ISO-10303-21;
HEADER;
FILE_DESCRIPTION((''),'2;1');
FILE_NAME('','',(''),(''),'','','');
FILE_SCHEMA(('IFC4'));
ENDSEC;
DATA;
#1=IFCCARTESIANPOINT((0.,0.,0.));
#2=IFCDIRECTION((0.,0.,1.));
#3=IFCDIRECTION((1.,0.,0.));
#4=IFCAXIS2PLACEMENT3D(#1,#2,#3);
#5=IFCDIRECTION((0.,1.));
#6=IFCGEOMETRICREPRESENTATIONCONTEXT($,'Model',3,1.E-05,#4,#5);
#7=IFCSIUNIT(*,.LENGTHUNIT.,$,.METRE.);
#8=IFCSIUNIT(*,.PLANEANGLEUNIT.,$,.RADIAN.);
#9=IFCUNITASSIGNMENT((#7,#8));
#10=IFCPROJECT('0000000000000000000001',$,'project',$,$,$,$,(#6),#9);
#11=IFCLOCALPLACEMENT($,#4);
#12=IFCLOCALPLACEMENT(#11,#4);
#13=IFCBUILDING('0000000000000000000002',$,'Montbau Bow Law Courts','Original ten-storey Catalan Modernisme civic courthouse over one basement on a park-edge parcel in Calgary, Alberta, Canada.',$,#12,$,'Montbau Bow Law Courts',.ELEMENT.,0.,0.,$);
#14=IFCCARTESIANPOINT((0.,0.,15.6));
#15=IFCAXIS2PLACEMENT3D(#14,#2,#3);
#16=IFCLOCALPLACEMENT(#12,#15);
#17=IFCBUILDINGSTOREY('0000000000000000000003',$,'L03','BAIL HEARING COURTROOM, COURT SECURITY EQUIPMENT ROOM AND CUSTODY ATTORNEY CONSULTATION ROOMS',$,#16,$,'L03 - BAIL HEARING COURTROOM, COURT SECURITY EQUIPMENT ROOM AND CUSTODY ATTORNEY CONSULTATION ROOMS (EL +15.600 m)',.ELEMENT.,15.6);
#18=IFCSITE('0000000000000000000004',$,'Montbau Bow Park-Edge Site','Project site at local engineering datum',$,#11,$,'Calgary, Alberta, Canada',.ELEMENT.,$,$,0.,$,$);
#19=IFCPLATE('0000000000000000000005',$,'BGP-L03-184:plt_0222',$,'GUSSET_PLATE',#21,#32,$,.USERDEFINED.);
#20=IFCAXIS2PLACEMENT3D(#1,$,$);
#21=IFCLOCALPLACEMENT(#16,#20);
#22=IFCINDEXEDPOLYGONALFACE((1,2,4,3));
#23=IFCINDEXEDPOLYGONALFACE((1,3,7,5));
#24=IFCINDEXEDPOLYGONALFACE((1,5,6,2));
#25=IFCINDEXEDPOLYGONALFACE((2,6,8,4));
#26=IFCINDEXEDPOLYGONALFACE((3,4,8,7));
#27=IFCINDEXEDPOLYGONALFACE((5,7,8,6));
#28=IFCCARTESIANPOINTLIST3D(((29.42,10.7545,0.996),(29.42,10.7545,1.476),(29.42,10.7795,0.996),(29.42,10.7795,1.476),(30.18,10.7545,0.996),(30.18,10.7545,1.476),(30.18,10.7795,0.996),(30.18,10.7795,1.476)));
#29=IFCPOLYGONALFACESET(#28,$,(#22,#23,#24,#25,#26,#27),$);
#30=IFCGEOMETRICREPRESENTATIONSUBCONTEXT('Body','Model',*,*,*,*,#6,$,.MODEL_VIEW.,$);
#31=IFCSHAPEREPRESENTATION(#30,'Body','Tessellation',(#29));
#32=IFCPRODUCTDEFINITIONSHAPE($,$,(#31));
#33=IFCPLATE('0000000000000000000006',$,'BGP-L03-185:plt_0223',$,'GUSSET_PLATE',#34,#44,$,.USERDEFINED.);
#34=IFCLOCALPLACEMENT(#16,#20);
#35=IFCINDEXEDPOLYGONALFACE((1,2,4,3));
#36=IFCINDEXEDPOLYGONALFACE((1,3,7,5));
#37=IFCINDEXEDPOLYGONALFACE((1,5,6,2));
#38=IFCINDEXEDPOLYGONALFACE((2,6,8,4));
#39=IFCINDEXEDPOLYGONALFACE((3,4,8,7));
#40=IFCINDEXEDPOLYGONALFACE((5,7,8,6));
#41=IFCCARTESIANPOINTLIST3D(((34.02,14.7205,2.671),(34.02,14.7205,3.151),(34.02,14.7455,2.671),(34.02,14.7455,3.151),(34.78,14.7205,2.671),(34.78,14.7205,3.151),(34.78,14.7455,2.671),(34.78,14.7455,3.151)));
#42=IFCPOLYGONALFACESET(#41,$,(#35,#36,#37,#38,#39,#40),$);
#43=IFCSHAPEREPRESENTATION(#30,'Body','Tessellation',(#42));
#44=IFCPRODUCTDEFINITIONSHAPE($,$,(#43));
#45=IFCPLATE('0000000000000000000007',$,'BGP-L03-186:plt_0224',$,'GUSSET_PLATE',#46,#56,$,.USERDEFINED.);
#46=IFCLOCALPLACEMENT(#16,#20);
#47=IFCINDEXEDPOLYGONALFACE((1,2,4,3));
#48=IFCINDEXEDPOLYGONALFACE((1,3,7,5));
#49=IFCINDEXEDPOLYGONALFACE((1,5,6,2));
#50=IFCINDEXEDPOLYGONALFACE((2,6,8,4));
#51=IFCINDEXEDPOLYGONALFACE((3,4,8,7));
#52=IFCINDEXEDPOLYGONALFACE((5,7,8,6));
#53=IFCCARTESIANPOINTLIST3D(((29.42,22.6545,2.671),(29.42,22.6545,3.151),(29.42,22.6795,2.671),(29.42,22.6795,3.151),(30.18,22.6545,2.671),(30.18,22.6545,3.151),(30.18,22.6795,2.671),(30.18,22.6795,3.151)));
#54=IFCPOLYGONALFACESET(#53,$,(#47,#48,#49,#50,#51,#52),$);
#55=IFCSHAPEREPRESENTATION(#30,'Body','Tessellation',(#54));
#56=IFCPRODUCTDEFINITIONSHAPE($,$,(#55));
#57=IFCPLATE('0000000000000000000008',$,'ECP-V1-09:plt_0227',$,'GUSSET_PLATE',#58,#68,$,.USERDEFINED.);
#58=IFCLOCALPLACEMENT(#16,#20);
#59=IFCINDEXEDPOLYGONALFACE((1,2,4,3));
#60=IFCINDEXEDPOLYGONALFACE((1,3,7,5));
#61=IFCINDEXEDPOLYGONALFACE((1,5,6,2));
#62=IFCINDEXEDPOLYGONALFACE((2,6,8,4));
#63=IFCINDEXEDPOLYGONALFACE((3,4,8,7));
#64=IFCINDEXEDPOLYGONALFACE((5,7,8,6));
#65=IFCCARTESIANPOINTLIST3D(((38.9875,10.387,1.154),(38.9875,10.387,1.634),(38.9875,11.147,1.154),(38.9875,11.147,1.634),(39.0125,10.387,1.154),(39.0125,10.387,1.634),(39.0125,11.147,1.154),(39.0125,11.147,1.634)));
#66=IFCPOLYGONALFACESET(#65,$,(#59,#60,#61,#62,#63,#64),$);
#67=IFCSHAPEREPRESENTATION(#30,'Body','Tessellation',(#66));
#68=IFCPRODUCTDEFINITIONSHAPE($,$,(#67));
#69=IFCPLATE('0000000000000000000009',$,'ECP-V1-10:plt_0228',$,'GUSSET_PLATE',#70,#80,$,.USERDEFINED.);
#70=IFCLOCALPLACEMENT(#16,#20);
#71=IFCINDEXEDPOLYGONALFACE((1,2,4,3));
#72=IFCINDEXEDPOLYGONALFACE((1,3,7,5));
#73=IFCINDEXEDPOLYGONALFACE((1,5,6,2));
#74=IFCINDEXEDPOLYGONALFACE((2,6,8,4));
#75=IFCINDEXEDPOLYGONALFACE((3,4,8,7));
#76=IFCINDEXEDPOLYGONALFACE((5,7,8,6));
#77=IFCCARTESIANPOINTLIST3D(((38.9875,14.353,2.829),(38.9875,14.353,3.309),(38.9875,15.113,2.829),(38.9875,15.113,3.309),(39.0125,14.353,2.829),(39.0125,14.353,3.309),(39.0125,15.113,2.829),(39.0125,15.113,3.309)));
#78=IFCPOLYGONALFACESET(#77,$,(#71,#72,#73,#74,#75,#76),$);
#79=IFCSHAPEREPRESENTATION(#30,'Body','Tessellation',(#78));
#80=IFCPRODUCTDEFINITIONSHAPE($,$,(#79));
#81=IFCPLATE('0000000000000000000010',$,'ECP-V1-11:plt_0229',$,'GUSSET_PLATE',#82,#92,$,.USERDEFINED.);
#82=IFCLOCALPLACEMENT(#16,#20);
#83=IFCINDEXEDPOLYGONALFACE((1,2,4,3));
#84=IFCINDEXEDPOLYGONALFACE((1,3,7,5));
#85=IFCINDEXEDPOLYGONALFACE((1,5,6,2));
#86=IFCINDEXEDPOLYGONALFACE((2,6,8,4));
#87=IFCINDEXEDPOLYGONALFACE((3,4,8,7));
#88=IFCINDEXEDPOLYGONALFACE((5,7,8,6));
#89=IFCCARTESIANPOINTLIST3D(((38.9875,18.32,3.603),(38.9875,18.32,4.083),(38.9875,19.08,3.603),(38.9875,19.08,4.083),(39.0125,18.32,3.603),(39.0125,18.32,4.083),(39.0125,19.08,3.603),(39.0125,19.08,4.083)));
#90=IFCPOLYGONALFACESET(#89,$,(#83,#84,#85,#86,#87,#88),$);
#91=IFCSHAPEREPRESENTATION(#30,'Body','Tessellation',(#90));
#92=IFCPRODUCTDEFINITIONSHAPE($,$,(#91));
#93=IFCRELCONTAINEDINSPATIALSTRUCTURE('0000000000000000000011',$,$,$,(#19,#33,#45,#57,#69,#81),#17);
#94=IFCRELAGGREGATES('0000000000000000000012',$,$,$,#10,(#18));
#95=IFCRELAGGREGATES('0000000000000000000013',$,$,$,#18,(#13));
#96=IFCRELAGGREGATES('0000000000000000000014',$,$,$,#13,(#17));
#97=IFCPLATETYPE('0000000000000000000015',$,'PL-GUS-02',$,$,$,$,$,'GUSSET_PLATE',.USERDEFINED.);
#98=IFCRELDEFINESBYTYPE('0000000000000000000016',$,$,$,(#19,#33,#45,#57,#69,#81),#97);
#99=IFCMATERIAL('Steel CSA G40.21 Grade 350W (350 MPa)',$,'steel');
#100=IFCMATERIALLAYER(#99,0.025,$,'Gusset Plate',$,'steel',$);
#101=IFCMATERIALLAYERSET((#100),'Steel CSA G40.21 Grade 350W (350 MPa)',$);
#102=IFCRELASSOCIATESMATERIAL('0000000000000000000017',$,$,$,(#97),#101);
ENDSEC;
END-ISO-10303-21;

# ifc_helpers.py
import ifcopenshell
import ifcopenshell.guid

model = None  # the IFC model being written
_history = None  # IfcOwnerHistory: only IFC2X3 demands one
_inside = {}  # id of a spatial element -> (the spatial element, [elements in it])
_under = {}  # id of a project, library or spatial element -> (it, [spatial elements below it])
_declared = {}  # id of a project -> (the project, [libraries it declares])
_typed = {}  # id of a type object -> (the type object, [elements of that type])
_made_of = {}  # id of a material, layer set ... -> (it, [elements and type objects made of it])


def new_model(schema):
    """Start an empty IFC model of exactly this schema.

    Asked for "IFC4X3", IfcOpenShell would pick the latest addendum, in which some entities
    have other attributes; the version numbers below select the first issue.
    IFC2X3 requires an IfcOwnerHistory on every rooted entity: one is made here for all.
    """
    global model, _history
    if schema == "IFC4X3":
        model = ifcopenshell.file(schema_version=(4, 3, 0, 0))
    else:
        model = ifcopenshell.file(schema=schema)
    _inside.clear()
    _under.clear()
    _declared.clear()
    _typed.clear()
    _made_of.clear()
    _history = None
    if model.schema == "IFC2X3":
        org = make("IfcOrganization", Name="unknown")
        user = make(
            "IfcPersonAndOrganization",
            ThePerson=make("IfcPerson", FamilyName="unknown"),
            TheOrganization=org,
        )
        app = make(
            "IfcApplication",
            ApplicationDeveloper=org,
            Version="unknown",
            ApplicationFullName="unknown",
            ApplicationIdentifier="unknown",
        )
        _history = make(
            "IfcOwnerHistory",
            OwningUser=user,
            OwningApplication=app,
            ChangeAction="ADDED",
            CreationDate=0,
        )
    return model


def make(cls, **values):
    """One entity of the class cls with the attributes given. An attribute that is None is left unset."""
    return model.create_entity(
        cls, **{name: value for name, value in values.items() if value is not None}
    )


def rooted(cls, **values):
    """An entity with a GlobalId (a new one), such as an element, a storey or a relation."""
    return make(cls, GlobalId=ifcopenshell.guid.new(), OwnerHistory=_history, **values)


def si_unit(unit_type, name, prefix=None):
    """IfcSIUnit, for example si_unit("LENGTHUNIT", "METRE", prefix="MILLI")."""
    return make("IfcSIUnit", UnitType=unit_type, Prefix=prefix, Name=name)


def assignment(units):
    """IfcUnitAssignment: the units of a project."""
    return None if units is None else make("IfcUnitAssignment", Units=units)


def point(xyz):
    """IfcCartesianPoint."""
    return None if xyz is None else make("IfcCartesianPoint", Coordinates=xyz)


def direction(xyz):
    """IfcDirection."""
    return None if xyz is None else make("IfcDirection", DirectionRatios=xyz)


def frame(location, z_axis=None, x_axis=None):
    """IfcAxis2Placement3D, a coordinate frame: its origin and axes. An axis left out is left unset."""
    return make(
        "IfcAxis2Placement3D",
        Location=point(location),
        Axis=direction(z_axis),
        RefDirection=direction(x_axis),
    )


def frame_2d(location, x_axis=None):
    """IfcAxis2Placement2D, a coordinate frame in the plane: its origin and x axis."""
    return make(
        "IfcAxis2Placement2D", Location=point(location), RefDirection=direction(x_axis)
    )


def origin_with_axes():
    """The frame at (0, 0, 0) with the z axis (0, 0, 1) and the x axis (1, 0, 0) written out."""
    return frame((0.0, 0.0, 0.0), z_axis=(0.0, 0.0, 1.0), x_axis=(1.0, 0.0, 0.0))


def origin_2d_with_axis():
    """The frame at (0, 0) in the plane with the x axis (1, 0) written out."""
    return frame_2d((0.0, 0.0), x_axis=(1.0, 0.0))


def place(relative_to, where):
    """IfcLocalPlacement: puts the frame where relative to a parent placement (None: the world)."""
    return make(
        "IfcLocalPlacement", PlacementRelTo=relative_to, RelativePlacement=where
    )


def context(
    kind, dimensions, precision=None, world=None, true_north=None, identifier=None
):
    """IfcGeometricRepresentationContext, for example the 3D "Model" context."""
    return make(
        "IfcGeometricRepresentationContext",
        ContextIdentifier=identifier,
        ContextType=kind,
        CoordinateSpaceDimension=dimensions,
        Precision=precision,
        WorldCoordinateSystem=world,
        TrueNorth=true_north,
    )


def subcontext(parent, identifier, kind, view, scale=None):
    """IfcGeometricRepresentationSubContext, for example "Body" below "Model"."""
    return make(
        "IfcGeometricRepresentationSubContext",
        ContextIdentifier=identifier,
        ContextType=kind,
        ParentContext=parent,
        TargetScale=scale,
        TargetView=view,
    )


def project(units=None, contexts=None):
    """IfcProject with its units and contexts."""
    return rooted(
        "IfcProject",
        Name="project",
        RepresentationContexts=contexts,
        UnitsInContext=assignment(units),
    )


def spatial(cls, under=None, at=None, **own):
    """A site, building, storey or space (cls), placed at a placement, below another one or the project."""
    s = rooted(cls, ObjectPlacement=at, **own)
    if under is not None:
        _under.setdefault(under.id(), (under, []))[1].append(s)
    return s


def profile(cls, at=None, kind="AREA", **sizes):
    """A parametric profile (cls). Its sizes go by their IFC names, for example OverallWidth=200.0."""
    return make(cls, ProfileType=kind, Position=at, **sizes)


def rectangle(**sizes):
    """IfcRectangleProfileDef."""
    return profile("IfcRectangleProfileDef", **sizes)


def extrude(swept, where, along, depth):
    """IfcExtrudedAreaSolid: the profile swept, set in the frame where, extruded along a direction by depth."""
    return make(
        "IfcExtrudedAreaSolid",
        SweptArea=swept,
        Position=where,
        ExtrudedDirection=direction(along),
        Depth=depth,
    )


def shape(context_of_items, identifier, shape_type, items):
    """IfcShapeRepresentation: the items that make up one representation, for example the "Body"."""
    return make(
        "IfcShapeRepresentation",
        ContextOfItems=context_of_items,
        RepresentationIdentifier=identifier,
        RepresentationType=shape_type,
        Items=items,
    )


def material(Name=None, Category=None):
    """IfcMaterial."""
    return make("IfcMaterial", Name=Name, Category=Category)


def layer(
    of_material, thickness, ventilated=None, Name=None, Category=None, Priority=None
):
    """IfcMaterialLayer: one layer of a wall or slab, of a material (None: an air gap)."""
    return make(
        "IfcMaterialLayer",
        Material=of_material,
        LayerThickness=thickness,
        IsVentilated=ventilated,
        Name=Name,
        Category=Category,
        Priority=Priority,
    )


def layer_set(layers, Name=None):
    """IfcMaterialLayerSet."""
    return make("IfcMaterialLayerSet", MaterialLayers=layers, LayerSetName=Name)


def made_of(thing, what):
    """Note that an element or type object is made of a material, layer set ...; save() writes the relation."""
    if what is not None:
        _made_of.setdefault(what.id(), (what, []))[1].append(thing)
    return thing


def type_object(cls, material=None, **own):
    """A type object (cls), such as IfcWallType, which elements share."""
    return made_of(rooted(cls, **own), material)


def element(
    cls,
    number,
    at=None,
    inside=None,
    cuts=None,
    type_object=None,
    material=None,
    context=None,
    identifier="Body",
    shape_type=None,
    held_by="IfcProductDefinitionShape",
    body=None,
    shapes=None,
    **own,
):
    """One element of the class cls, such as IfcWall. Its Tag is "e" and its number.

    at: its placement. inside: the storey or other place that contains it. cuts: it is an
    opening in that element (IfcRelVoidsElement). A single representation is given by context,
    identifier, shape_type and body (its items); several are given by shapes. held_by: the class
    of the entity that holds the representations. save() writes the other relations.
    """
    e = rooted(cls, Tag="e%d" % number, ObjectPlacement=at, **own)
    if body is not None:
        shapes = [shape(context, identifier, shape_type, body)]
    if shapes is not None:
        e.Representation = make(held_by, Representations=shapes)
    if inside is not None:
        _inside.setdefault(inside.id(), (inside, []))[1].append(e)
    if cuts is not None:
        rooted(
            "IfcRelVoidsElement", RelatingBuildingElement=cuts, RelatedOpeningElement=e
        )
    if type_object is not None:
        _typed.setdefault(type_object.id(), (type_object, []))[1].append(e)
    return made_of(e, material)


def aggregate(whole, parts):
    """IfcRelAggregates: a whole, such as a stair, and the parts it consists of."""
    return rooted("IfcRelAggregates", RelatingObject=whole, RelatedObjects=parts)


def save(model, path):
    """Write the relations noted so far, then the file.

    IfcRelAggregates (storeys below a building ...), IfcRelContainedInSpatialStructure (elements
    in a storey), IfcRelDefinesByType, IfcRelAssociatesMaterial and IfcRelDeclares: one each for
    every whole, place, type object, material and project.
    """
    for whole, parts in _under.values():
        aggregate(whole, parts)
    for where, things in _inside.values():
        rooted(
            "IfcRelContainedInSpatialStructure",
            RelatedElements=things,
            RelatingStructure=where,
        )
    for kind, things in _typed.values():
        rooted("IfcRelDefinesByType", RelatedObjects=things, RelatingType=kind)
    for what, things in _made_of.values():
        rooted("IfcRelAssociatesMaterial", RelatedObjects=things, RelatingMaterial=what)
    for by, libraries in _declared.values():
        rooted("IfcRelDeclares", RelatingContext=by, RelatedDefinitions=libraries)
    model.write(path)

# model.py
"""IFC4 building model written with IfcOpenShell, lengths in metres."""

from ifc_helpers import new_model, si_unit, direction, frame, origin_with_axes, origin_2d_with_axis, place, context, subcontext, project, spatial, rectangle, extrude, material, layer, layer_set, type_object, element, save


model = new_model("IFC4")

# Units and contexts
model_context = context("Model", 3, precision=1e-05, world=origin_with_axes(), true_north=direction((0.0, 1.0)))
body_context = subcontext(model_context, "Body", "Model", "MODEL_VIEW")
ifc_project = project(units=[si_unit("LENGTHUNIT", "METRE"), si_unit("PLANEANGLEUNIT", "RADIAN")], contexts=[model_context])

# Site, building, storey
site_placement = place(None, origin_with_axes())
site = spatial("IfcSite", under=ifc_project, at=site_placement, Name="Montbau Bow Park-Edge Site", Description="Project site at local engineering datum", LongName="Calgary, Alberta, Canada", CompositionType="ELEMENT", RefElevation=0.0)
building_placement = place(site_placement, origin_with_axes())
building = spatial("IfcBuilding", under=site, at=building_placement, Name="Montbau Bow Law Courts", Description="Original ten-storey Catalan Modernisme civic courthouse over one basement on a park-edge parcel in Calgary, Alberta, Canada.", LongName="Montbau Bow Law Courts", CompositionType="ELEMENT", ElevationOfRefHeight=0.0, ElevationOfTerrain=0.0)
storey_placement = place(building_placement, frame((0.0, 0.0, 15.6), z_axis=(0.0, 0.0, 1.0), x_axis=(1.0, 0.0, 0.0)))
storey = spatial("IfcBuildingStorey", under=building, at=storey_placement, Name="L03", Description="BAIL HEARING COURTROOM, COURT SECURITY EQUIPMENT ROOM AND CUSTODY ATTORNEY CONSULTATION ROOMS", LongName="L03 - BAIL HEARING COURTROOM, COURT SECURITY EQUIPMENT ROOM AND CUSTODY ATTORNEY CONSULTATION ROOMS (EL +15.600 m)", CompositionType="ELEMENT", Elevation=15.6)

# Plates
ifc_material_1 = material(Name="Steel CSA G40.21 Grade 350W (350 MPa)", Category="steel")
ifc_layer = layer(ifc_material_1, 0.025, Name="Gusset Plate", Category="steel")
ifc_layer_set = layer_set([ifc_layer], Name="Steel CSA G40.21 Grade 350W (350 MPa)")
plate_type = type_object("IfcPlateType", Name="PL-GUS-02", ElementType="GUSSET_PLATE", PredefinedType="USERDEFINED", material=ifc_layer_set)
for number, where, z_axis, x_axis, name in (
    (1, (29.8, 10.767, 16.596), (0.0, 0.0, 1.0), (1.0, 0.0, 0.0), "BGP-L03-184:plt_0222"),
    (2, (34.4, 14.733, 18.271), (0.0, 0.0, 1.0), (1.0, 0.0, 0.0), "BGP-L03-185:plt_0223"),
    (3, (29.8, 22.667, 18.271), (0.0, 0.0, 1.0), (1.0, 0.0, 0.0), "BGP-L03-186:plt_0224"),
):
    element("IfcPlate", number, at=place(None, frame(where, z_axis=z_axis, x_axis=x_axis)), inside=storey, type_object=plate_type, Name=name, ObjectType="GUSSET_PLATE", PredefinedType="USERDEFINED", context=body_context, shape_type="SweptSolid", body=[
        extrude(rectangle(XDim=0.76, YDim=0.025, at=origin_2d_with_axis()), origin_with_axes(), (0.0, 0.0, 1.0), 0.48),
    ])
for number, where, z_axis, x_axis, name in (
    (4, (39.0, 10.767, 16.754), (0.0, 0.0, 1.0), (1.0, 0.0, 0.0), "ECP-V1-09:plt_0227"),
    (5, (39.0, 14.733, 18.429), (0.0, 0.0, 1.0), (1.0, 0.0, 0.0), "ECP-V1-10:plt_0228"),
    (6, (39.0, 18.7, 19.203), (0.0, 0.0, 1.0), (1.0, 0.0, 0.0), "ECP-V1-11:plt_0229"),
):
    element("IfcPlate", number, at=place(None, frame(where, z_axis=z_axis, x_axis=x_axis)), inside=storey, type_object=plate_type, Name=name, ObjectType="GUSSET_PLATE", PredefinedType="USERDEFINED", context=body_context, shape_type="SweptSolid", body=[
        extrude(rectangle(XDim=0.025, YDim=0.76, at=origin_2d_with_axis()), origin_with_axes(), (0.0, 0.0, 1.0), 0.48),
    ])

save(model, "model.ifc")
